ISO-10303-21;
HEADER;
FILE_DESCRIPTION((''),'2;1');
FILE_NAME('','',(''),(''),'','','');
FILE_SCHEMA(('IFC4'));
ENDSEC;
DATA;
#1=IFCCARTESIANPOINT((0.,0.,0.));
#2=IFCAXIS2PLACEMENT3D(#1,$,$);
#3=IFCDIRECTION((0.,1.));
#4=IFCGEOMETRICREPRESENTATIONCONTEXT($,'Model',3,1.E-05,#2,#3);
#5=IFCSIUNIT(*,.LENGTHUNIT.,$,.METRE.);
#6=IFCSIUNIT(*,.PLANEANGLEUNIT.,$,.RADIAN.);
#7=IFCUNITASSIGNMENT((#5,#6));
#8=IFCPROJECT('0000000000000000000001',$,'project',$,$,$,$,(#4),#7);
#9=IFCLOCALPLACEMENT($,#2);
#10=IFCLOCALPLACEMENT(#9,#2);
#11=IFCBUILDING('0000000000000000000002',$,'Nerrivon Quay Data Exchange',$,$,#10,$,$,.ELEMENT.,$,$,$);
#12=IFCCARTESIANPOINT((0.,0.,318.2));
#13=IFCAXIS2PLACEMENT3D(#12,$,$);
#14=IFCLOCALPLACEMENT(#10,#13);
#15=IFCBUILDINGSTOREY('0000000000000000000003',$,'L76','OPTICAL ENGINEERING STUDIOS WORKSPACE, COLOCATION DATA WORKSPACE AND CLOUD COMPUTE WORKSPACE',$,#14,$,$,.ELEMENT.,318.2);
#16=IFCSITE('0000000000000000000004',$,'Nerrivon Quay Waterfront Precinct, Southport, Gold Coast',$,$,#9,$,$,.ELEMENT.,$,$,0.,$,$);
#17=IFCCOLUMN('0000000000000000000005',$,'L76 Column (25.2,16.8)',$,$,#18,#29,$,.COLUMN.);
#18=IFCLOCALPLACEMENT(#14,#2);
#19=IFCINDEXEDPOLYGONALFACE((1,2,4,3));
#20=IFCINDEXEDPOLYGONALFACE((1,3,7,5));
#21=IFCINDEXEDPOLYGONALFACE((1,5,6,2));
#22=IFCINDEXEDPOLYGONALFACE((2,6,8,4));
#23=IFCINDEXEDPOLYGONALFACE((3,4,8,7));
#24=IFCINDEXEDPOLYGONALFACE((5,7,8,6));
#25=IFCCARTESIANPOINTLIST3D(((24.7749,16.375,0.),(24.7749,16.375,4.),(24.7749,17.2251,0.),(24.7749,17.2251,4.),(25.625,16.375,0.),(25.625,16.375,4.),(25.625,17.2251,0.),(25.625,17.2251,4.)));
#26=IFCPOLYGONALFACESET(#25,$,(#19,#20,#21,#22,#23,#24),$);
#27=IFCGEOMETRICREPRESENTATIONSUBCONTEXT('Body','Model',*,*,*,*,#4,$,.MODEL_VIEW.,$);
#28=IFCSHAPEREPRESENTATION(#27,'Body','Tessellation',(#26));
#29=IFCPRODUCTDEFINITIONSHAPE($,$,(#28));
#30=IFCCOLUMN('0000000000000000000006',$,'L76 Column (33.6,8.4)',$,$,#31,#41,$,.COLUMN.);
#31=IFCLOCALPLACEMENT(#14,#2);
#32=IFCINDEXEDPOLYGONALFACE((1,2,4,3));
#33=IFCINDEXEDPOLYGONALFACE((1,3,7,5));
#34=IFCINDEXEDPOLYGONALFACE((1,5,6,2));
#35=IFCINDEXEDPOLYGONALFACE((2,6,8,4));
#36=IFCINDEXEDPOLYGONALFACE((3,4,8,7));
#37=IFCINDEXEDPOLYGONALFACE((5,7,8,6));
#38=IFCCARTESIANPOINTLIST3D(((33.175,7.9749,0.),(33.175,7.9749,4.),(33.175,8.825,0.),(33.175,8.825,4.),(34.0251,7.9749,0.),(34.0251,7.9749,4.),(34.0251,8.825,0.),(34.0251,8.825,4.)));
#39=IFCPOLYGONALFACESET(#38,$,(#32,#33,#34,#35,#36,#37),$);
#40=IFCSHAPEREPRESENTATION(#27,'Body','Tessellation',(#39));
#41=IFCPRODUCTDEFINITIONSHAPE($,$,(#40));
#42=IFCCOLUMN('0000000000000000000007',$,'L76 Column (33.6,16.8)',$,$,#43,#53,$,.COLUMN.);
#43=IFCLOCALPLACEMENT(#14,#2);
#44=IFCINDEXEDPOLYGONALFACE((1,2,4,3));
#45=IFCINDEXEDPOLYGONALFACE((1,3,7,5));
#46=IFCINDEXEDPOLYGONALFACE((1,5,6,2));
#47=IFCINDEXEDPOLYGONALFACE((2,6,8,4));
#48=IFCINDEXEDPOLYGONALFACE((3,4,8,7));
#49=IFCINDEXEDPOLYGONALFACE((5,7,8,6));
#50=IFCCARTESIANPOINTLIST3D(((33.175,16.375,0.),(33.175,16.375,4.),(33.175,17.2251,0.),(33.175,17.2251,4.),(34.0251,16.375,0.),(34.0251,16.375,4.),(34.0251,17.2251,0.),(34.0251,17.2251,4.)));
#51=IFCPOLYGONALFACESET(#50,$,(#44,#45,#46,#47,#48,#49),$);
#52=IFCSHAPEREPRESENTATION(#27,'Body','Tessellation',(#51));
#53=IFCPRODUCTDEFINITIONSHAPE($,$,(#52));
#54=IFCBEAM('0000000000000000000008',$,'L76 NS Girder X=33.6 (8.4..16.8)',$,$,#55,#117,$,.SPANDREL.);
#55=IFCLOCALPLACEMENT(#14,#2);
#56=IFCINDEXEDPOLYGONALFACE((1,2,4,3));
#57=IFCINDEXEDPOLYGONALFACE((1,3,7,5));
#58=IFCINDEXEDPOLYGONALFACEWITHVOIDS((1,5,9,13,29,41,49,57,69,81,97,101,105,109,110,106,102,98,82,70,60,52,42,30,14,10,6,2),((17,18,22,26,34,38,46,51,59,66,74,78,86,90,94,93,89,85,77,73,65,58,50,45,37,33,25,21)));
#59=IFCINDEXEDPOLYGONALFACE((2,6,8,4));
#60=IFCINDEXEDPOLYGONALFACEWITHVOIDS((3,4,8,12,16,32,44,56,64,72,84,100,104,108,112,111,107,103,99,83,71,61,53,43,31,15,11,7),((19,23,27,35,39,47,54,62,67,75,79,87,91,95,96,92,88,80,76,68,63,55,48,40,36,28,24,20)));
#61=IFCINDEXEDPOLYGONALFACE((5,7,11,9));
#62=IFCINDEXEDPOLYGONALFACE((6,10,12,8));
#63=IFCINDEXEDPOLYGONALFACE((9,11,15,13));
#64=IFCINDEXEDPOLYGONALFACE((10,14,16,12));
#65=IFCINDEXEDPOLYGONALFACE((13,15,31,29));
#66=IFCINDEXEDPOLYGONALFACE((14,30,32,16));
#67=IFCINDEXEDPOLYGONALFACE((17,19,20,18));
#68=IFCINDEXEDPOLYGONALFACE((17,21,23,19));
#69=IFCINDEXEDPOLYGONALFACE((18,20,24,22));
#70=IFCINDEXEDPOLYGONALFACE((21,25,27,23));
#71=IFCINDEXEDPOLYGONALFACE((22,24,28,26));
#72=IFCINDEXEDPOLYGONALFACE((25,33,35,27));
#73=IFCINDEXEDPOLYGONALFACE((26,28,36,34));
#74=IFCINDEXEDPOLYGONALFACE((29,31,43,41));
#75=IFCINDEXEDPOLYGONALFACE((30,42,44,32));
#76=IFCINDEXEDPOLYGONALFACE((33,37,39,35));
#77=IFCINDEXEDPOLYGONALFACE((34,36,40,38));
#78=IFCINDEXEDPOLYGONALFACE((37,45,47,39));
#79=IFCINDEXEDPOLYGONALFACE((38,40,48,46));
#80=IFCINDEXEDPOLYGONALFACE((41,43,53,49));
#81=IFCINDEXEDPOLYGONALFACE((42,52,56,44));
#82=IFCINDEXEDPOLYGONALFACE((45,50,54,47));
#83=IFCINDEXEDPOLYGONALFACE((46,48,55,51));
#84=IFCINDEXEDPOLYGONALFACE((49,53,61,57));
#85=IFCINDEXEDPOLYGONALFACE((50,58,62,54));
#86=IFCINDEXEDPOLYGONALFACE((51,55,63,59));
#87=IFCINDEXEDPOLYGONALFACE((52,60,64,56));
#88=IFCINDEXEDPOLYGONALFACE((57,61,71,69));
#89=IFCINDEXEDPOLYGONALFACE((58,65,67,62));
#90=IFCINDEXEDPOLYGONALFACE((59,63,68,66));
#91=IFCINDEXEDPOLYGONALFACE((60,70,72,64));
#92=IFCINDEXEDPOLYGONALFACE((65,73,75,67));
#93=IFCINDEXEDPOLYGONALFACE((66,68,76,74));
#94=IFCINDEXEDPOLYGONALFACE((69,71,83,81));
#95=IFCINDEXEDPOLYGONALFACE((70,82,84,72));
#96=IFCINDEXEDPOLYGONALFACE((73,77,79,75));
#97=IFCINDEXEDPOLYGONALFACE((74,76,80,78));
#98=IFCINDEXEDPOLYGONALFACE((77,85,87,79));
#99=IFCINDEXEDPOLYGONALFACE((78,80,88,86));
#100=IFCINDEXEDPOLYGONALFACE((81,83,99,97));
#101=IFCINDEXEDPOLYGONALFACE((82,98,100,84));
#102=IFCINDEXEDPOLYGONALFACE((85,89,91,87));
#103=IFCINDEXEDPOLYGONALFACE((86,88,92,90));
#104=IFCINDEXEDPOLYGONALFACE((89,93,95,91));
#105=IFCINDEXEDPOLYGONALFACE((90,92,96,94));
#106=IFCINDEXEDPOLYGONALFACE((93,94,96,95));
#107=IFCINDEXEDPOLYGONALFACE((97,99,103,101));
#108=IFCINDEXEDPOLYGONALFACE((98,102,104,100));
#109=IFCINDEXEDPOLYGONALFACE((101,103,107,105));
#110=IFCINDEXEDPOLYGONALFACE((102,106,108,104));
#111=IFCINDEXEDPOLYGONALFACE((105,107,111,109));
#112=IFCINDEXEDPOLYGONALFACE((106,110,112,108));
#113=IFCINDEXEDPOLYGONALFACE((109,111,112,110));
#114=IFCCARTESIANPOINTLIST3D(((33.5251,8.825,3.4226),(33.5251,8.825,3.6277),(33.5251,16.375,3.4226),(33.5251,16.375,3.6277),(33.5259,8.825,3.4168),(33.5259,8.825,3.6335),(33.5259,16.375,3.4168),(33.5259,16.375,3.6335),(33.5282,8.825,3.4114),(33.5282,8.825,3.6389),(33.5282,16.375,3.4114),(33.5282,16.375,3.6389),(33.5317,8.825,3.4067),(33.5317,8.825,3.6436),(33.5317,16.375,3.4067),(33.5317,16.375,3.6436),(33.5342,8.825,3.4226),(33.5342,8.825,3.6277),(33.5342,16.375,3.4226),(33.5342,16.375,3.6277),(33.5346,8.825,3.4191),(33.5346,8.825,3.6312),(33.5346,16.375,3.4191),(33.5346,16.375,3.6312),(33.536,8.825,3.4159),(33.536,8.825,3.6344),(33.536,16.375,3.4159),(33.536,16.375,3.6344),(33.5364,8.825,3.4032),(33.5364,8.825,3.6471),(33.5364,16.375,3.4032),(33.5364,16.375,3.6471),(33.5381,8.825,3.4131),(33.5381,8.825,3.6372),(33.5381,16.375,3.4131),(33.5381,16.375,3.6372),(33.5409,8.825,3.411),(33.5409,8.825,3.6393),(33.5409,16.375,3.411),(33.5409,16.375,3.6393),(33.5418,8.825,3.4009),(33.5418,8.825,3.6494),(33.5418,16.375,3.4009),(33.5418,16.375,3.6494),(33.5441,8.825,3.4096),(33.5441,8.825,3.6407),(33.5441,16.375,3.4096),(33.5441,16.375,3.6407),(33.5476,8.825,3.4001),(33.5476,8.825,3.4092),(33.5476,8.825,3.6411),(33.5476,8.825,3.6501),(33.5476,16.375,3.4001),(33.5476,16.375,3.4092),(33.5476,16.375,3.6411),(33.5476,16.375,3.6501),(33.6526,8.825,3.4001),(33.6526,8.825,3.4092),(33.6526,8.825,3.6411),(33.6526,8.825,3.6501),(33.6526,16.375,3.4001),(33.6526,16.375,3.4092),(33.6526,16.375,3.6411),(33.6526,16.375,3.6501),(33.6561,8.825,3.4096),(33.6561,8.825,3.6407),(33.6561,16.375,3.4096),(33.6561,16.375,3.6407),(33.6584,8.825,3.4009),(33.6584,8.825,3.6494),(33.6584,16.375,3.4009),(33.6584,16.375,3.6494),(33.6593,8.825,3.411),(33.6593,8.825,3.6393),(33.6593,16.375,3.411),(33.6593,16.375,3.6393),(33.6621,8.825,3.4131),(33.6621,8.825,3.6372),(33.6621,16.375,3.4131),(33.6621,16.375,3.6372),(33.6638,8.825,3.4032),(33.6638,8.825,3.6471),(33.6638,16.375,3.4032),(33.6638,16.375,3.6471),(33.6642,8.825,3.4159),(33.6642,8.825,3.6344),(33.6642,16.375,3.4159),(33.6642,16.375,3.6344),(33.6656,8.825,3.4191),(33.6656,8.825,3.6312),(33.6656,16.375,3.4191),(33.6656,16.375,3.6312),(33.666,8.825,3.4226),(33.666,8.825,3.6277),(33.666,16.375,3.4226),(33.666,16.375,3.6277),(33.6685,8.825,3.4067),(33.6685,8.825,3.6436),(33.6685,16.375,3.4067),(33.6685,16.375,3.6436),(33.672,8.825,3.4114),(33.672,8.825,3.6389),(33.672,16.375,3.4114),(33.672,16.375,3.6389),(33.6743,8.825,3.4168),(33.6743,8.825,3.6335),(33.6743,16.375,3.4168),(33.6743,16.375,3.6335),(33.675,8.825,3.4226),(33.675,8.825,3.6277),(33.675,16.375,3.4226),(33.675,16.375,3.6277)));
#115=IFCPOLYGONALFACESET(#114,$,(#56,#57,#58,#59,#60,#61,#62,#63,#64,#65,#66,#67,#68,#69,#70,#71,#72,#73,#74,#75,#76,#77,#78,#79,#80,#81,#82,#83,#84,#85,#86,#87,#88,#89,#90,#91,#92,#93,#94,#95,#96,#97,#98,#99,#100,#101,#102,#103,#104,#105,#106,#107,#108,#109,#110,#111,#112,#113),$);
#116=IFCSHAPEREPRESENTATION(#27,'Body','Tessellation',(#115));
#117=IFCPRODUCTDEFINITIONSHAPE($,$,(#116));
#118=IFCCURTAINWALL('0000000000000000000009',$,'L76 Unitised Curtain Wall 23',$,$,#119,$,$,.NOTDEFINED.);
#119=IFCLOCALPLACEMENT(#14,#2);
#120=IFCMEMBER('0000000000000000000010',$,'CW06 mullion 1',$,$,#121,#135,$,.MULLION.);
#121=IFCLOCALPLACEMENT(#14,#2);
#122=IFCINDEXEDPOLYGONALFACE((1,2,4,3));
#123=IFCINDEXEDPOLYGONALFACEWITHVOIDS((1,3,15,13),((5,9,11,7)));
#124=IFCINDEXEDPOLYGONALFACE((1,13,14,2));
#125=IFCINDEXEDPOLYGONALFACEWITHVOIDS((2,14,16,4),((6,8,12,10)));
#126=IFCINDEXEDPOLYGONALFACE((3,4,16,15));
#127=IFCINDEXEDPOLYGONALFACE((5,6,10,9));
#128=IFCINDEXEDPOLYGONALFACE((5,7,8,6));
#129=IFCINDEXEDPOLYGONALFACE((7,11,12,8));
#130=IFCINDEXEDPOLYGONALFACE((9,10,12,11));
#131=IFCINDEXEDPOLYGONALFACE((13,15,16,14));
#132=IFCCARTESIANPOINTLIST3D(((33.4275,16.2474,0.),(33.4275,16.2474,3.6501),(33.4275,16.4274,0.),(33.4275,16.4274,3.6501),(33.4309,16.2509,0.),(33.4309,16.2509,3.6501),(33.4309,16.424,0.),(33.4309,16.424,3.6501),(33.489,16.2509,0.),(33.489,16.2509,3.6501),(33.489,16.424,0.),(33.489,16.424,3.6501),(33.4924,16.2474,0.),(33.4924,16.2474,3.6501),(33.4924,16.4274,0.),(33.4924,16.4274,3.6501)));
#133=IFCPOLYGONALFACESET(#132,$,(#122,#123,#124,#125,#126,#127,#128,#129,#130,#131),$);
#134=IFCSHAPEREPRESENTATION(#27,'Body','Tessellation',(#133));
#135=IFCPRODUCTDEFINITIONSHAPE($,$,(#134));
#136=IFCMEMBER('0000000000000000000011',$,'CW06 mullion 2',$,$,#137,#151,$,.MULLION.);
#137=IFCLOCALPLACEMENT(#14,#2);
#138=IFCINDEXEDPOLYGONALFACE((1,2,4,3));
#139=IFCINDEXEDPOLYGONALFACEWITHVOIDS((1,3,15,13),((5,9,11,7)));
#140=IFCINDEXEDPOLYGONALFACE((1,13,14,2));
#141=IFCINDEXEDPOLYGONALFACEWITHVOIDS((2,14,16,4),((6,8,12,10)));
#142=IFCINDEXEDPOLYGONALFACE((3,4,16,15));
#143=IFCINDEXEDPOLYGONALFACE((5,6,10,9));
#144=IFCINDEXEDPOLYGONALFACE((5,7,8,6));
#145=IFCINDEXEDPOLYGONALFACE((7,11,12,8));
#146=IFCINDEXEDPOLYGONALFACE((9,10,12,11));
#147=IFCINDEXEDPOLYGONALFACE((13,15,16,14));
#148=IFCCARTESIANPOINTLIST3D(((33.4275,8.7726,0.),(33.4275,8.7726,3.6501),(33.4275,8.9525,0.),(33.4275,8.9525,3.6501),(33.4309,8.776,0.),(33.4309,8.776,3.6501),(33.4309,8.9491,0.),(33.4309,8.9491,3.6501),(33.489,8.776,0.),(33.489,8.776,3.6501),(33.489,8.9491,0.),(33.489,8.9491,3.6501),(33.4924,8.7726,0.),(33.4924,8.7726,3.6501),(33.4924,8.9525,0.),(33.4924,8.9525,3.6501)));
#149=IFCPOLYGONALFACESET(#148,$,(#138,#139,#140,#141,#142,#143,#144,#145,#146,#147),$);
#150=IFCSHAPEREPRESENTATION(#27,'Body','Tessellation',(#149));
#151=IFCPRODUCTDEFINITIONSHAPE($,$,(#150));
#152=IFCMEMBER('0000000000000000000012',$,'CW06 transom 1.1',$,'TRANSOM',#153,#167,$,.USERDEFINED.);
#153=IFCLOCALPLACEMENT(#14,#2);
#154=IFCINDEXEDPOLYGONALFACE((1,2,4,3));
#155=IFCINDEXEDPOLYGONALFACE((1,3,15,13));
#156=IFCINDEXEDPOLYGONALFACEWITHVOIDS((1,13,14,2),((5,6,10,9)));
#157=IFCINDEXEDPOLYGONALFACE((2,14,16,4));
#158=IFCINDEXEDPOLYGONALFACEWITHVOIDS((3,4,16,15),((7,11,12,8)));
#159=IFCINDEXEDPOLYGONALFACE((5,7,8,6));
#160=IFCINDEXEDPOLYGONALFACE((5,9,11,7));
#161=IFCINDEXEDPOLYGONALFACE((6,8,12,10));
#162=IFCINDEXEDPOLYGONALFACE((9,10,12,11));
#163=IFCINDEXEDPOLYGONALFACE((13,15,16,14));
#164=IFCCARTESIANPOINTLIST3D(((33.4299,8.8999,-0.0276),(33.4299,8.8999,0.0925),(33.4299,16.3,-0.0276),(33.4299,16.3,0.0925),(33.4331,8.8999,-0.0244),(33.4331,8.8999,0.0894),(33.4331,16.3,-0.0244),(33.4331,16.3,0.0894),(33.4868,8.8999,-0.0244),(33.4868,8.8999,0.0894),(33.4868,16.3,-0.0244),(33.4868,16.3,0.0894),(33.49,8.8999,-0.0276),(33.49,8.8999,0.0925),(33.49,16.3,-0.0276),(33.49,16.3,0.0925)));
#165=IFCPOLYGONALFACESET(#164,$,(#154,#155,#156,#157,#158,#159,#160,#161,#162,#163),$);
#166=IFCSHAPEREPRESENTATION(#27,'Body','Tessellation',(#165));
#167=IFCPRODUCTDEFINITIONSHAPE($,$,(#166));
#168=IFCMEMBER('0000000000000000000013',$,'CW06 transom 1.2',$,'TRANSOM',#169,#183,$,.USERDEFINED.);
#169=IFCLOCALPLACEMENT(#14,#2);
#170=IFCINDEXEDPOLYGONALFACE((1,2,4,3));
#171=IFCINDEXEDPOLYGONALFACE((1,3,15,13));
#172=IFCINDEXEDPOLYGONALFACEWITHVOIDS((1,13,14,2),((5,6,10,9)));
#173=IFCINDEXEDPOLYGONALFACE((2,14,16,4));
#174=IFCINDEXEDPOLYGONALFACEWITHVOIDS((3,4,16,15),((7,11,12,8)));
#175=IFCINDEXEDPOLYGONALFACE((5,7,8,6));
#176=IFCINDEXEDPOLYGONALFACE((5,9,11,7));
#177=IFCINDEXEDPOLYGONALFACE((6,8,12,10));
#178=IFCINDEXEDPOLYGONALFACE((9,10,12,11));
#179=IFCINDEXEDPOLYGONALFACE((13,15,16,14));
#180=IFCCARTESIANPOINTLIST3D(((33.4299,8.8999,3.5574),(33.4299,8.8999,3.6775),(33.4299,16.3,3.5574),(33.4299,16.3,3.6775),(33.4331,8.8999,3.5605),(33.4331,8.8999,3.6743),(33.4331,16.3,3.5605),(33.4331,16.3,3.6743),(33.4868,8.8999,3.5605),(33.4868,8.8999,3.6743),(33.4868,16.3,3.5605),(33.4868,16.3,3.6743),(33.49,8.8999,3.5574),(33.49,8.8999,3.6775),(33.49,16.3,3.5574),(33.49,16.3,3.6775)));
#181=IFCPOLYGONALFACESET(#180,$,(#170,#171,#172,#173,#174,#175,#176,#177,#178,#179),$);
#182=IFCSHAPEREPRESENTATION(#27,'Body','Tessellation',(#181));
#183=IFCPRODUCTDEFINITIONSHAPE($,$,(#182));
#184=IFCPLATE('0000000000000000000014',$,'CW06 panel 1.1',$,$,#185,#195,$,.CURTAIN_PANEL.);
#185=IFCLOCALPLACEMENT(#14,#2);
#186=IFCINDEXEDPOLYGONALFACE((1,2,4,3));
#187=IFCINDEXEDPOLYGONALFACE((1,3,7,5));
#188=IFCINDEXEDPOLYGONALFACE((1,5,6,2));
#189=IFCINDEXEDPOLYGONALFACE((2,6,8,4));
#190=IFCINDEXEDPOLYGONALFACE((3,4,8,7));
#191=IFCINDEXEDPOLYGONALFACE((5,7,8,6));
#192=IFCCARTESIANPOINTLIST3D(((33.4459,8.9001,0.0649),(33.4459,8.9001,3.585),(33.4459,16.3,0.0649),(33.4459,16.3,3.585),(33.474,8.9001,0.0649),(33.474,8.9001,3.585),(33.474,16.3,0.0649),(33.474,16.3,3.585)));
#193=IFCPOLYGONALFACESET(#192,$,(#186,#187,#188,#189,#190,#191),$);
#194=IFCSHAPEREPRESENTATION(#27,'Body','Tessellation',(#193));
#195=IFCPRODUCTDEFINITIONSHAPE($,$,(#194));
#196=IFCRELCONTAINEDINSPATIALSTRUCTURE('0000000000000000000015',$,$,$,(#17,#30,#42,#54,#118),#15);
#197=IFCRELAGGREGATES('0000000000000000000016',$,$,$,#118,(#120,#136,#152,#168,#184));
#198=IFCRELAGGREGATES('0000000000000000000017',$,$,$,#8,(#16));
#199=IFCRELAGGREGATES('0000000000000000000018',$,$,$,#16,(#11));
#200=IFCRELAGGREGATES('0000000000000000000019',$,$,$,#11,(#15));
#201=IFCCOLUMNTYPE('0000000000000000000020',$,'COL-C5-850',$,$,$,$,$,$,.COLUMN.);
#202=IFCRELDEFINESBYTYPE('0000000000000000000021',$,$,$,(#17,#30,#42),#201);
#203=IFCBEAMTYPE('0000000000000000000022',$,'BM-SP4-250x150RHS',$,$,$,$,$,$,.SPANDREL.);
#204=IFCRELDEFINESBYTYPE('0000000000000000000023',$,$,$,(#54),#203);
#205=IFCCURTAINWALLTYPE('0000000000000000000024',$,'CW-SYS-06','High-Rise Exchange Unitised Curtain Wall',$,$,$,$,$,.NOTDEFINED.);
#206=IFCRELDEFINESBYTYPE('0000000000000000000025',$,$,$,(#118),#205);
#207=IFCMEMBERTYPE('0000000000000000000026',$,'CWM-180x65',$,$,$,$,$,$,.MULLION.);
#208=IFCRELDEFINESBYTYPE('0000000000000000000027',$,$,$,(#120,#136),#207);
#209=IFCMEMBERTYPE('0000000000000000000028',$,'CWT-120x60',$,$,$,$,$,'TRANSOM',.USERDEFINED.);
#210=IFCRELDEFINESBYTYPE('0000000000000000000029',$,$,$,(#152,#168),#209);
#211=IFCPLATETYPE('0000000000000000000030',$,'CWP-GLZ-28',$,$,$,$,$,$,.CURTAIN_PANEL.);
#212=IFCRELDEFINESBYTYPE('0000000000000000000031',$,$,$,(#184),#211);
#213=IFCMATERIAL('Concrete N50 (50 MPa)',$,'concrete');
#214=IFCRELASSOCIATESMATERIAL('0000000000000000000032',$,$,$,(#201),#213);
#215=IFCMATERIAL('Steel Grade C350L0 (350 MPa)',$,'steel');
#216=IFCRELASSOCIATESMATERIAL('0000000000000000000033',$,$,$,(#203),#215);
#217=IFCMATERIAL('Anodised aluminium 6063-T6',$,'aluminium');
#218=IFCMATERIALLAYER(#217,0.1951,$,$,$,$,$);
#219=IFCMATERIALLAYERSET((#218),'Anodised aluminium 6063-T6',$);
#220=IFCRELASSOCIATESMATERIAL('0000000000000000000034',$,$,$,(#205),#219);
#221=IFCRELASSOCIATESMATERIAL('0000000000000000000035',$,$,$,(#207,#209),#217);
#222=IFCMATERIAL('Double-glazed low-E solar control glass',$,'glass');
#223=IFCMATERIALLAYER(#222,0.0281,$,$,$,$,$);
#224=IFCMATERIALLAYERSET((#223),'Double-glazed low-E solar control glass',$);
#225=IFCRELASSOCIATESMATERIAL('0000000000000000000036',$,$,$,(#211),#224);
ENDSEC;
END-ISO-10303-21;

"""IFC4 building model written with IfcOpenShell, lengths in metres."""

from ifc_helpers import new_model, si_unit, direction, frame, origin, origin_2d, place, context, subcontext, project, spatial, rectangle, hollow_rectangle, extrude, material, layer, layer_set, material_profile, profile_set, type_object, element, aggregate, save


model = new_model("IFC4")

# Units and contexts
model_context = context("Model", 3, precision=1e-05, world=origin(), true_north=direction((0.0, 1.0)))
body_context = subcontext(model_context, "Body", "Model", "MODEL_VIEW")
ifc_project = project(units=[si_unit("LENGTHUNIT", "METRE"), si_unit("PLANEANGLEUNIT", "RADIAN")], contexts=[model_context])

# Site, building, storey
site_placement = place(None, origin())
site = spatial("IfcSite", under=ifc_project, at=site_placement, Name="Nerrivon Quay Waterfront Precinct, Southport, Gold Coast", CompositionType="ELEMENT", RefElevation=0.0)
building_placement = place(site_placement, origin())
building = spatial("IfcBuilding", under=site, at=building_placement, Name="Nerrivon Quay Data Exchange", CompositionType="ELEMENT")
storey_placement = place(building_placement, frame((0.0, 0.0, 318.2)))
storey = spatial("IfcBuildingStorey", under=building, at=storey_placement, Name="L76", Description="OPTICAL ENGINEERING STUDIOS WORKSPACE, COLOCATION DATA WORKSPACE AND CLOUD COMPUTE WORKSPACE", CompositionType="ELEMENT", Elevation=318.2)

# Columns
ifc_material_1 = material(Name="Concrete N50 (50 MPa)", Category="concrete")
ifc_material_profile_1 = material_profile(ifc_material_1, rectangle(XDim=0.8501, YDim=0.8501, at=origin_2d()), Name="RC-COL-850x850")
ifc_profile_set_1 = profile_set([ifc_material_profile_1], Name="Concrete N50 (50 MPa)")
column_type = type_object("IfcColumnType", Name="COL-C5-850", PredefinedType="COLUMN", material=ifc_profile_set_1)
for number, where, z_axis, x_axis, name in (
    (1, (25.2, 16.8, 0.0), (0.0, 0.0, 1.0), (1.0, 0.0, 0.0), "L76 Column (25.2,16.8)"),
    (2, (33.6001, 8.3999, 0.0), (0.0, 0.0, 1.0), (1.0, 0.0, 0.0), "L76 Column (33.6,8.4)"),
    (3, (33.6001, 16.8, 0.0), (0.0, 0.0, 1.0), (1.0, 0.0, 0.0), "L76 Column (33.6,16.8)"),
):
    element("IfcColumn", number, at=place(storey_placement, frame(where, z_axis=z_axis, x_axis=x_axis)), inside=storey, type_object=column_type, Name=name, PredefinedType="COLUMN", context=body_context, shape_type="SweptSolid", body=[
        extrude(rectangle(XDim=0.8501, YDim=0.8501, at=origin_2d()), origin(), (0.0, 0.0, 1.0), 4.0),
    ])

# Beam
ifc_material_2 = material(Name="Steel Grade C350L0 (350 MPa)", Category="steel")
ifc_material_profile_2 = material_profile(ifc_material_2, hollow_rectangle(XDim=0.1499, YDim=0.25, WallThickness=0.009, InnerFilletRadius=0.0134, OuterFilletRadius=0.0225, at=origin_2d()), Name="250x150x9.0RHS")
ifc_profile_set_2 = profile_set([ifc_material_profile_2], Name="Steel Grade C350L0 (350 MPa)")
beam_type = type_object("IfcBeamType", Name="BM-SP4-250x150RHS", PredefinedType="SPANDREL", material=ifc_profile_set_2)
beam_placement = place(storey_placement, frame((33.6001, 8.825, 3.5251), z_axis=(0.0, 1.0, 0.0), x_axis=(-1.0, 0.0, 0.0)))
element("IfcBeam", 4, at=beam_placement, inside=storey, type_object=beam_type, Name="L76 NS Girder X=33.6 (8.4..16.8)", PredefinedType="SPANDREL", context=body_context, shape_type="SweptSolid", body=[
    extrude(hollow_rectangle(XDim=0.1499, YDim=0.25, WallThickness=0.009, InnerFilletRadius=0.0134, OuterFilletRadius=0.0225, at=origin_2d()), origin(), (0.0, 0.0, 1.0), 7.55),
])

# Curtain wall, members, plate
ifc_material_3 = material(Name="Anodised aluminium 6063-T6", Category="aluminium")
ifc_layer_1 = layer(ifc_material_3, 0.1951)
ifc_layer_set_1 = layer_set([ifc_layer_1], Name="Anodised aluminium 6063-T6")
curtain_wall_type = type_object("IfcCurtainWallType", Name="CW-SYS-06", Description="High-Rise Exchange Unitised Curtain Wall", PredefinedType="NOTDEFINED", material=ifc_layer_set_1)
curtain_wall_placement = place(storey_placement, origin())
curtain_wall = element("IfcCurtainWall", 5, at=curtain_wall_placement, inside=storey, type_object=curtain_wall_type, Name="L76 Unitised Curtain Wall 23", PredefinedType="NOTDEFINED")
ifc_material_profile_3 = material_profile(ifc_material_3, hollow_rectangle(XDim=0.0649, YDim=0.1799, WallThickness=0.0034, at=origin_2d()), Name="ALU-MULL-180x65")
ifc_profile_set_3 = profile_set([ifc_material_profile_3], Name="Anodised aluminium 6063-T6")
member_type_1 = type_object("IfcMemberType", Name="CWM-180x65", PredefinedType="MULLION", material=ifc_profile_set_3)
member_1_placement = place(storey_placement, frame((33.46, 16.3374, 0.0), z_axis=(0.0, 0.0, 1.0), x_axis=(1.0, 0.0, 0.0)))
member_1 = element("IfcMember", 6, at=member_1_placement, type_object=member_type_1, Name="CW06 mullion 1", PredefinedType="MULLION", context=body_context, shape_type="SweptSolid", body=[
    extrude(hollow_rectangle(XDim=0.0649, YDim=0.1799, WallThickness=0.0034, at=origin_2d()), origin(), (0.0, 0.0, 1.0), 3.6501),
])
member_2_placement = place(storey_placement, frame((33.46, 8.8625, 0.0), z_axis=(0.0, 0.0, 1.0), x_axis=(1.0, 0.0, 0.0)))
member_2 = element("IfcMember", 7, at=member_2_placement, type_object=member_type_1, Name="CW06 mullion 2", PredefinedType="MULLION", context=body_context, shape_type="SweptSolid", body=[
    extrude(hollow_rectangle(XDim=0.0649, YDim=0.1799, WallThickness=0.0034, at=origin_2d()), origin(), (0.0, 0.0, 1.0), 3.6501),
])
ifc_material_profile_4 = material_profile(ifc_material_3, hollow_rectangle(XDim=0.0601, YDim=0.1201, WallThickness=0.0032, at=origin_2d()), Name="ALU-TRAN-120x60")
ifc_profile_set_4 = profile_set([ifc_material_profile_4], Name="Anodised aluminium 6063-T6")
member_type_2 = type_object("IfcMemberType", Name="CWT-120x60", ElementType="TRANSOM", PredefinedType="USERDEFINED", material=ifc_profile_set_4)
member_3_placement = place(storey_placement, frame((33.46, 16.3, 0.0325), z_axis=(0.0, -1.0, 0.0), x_axis=(1.0, 0.0, 0.0)))
member_3 = element("IfcMember", 8, at=member_3_placement, type_object=member_type_2, Name="CW06 transom 1.1", ObjectType="TRANSOM", PredefinedType="USERDEFINED", context=body_context, shape_type="SweptSolid", body=[
    extrude(hollow_rectangle(XDim=0.0601, YDim=0.1201, WallThickness=0.0032, at=origin_2d()), origin(), (0.0, 0.0, 1.0), 7.4001),
])
member_4_placement = place(storey_placement, frame((33.46, 16.3, 3.6174), z_axis=(0.0, -1.0, 0.0), x_axis=(1.0, 0.0, 0.0)))
member_4 = element("IfcMember", 9, at=member_4_placement, type_object=member_type_2, Name="CW06 transom 1.2", ObjectType="TRANSOM", PredefinedType="USERDEFINED", context=body_context, shape_type="SweptSolid", body=[
    extrude(hollow_rectangle(XDim=0.0601, YDim=0.1201, WallThickness=0.0032, at=origin_2d()), origin(), (0.0, 0.0, 1.0), 7.4001),
])
ifc_material_4 = material(Name="Double-glazed low-E solar control glass", Category="glass")
ifc_layer_2 = layer(ifc_material_4, 0.0281)
ifc_layer_set_2 = layer_set([ifc_layer_2], Name="Double-glazed low-E solar control glass")
plate_type = type_object("IfcPlateType", Name="CWP-GLZ-28", PredefinedType="CURTAIN_PANEL", material=ifc_layer_set_2)
plate_placement = place(storey_placement, frame((33.46, 12.6001, 0.0649), z_axis=(0.0, 0.0, 1.0), x_axis=(0.0, -1.0, 0.0)))
plate = element("IfcPlate", 10, at=plate_placement, type_object=plate_type, Name="CW06 panel 1.1", PredefinedType="CURTAIN_PANEL", context=body_context, shape_type="SweptSolid", body=[
    extrude(rectangle(XDim=7.3999, YDim=0.0281, at=origin_2d()), origin(), (0.0, 0.0, 1.0), 3.52),
])
aggregate(curtain_wall, [member_1, member_2, member_3, member_4, plate])

save(model, "model.ifc")
